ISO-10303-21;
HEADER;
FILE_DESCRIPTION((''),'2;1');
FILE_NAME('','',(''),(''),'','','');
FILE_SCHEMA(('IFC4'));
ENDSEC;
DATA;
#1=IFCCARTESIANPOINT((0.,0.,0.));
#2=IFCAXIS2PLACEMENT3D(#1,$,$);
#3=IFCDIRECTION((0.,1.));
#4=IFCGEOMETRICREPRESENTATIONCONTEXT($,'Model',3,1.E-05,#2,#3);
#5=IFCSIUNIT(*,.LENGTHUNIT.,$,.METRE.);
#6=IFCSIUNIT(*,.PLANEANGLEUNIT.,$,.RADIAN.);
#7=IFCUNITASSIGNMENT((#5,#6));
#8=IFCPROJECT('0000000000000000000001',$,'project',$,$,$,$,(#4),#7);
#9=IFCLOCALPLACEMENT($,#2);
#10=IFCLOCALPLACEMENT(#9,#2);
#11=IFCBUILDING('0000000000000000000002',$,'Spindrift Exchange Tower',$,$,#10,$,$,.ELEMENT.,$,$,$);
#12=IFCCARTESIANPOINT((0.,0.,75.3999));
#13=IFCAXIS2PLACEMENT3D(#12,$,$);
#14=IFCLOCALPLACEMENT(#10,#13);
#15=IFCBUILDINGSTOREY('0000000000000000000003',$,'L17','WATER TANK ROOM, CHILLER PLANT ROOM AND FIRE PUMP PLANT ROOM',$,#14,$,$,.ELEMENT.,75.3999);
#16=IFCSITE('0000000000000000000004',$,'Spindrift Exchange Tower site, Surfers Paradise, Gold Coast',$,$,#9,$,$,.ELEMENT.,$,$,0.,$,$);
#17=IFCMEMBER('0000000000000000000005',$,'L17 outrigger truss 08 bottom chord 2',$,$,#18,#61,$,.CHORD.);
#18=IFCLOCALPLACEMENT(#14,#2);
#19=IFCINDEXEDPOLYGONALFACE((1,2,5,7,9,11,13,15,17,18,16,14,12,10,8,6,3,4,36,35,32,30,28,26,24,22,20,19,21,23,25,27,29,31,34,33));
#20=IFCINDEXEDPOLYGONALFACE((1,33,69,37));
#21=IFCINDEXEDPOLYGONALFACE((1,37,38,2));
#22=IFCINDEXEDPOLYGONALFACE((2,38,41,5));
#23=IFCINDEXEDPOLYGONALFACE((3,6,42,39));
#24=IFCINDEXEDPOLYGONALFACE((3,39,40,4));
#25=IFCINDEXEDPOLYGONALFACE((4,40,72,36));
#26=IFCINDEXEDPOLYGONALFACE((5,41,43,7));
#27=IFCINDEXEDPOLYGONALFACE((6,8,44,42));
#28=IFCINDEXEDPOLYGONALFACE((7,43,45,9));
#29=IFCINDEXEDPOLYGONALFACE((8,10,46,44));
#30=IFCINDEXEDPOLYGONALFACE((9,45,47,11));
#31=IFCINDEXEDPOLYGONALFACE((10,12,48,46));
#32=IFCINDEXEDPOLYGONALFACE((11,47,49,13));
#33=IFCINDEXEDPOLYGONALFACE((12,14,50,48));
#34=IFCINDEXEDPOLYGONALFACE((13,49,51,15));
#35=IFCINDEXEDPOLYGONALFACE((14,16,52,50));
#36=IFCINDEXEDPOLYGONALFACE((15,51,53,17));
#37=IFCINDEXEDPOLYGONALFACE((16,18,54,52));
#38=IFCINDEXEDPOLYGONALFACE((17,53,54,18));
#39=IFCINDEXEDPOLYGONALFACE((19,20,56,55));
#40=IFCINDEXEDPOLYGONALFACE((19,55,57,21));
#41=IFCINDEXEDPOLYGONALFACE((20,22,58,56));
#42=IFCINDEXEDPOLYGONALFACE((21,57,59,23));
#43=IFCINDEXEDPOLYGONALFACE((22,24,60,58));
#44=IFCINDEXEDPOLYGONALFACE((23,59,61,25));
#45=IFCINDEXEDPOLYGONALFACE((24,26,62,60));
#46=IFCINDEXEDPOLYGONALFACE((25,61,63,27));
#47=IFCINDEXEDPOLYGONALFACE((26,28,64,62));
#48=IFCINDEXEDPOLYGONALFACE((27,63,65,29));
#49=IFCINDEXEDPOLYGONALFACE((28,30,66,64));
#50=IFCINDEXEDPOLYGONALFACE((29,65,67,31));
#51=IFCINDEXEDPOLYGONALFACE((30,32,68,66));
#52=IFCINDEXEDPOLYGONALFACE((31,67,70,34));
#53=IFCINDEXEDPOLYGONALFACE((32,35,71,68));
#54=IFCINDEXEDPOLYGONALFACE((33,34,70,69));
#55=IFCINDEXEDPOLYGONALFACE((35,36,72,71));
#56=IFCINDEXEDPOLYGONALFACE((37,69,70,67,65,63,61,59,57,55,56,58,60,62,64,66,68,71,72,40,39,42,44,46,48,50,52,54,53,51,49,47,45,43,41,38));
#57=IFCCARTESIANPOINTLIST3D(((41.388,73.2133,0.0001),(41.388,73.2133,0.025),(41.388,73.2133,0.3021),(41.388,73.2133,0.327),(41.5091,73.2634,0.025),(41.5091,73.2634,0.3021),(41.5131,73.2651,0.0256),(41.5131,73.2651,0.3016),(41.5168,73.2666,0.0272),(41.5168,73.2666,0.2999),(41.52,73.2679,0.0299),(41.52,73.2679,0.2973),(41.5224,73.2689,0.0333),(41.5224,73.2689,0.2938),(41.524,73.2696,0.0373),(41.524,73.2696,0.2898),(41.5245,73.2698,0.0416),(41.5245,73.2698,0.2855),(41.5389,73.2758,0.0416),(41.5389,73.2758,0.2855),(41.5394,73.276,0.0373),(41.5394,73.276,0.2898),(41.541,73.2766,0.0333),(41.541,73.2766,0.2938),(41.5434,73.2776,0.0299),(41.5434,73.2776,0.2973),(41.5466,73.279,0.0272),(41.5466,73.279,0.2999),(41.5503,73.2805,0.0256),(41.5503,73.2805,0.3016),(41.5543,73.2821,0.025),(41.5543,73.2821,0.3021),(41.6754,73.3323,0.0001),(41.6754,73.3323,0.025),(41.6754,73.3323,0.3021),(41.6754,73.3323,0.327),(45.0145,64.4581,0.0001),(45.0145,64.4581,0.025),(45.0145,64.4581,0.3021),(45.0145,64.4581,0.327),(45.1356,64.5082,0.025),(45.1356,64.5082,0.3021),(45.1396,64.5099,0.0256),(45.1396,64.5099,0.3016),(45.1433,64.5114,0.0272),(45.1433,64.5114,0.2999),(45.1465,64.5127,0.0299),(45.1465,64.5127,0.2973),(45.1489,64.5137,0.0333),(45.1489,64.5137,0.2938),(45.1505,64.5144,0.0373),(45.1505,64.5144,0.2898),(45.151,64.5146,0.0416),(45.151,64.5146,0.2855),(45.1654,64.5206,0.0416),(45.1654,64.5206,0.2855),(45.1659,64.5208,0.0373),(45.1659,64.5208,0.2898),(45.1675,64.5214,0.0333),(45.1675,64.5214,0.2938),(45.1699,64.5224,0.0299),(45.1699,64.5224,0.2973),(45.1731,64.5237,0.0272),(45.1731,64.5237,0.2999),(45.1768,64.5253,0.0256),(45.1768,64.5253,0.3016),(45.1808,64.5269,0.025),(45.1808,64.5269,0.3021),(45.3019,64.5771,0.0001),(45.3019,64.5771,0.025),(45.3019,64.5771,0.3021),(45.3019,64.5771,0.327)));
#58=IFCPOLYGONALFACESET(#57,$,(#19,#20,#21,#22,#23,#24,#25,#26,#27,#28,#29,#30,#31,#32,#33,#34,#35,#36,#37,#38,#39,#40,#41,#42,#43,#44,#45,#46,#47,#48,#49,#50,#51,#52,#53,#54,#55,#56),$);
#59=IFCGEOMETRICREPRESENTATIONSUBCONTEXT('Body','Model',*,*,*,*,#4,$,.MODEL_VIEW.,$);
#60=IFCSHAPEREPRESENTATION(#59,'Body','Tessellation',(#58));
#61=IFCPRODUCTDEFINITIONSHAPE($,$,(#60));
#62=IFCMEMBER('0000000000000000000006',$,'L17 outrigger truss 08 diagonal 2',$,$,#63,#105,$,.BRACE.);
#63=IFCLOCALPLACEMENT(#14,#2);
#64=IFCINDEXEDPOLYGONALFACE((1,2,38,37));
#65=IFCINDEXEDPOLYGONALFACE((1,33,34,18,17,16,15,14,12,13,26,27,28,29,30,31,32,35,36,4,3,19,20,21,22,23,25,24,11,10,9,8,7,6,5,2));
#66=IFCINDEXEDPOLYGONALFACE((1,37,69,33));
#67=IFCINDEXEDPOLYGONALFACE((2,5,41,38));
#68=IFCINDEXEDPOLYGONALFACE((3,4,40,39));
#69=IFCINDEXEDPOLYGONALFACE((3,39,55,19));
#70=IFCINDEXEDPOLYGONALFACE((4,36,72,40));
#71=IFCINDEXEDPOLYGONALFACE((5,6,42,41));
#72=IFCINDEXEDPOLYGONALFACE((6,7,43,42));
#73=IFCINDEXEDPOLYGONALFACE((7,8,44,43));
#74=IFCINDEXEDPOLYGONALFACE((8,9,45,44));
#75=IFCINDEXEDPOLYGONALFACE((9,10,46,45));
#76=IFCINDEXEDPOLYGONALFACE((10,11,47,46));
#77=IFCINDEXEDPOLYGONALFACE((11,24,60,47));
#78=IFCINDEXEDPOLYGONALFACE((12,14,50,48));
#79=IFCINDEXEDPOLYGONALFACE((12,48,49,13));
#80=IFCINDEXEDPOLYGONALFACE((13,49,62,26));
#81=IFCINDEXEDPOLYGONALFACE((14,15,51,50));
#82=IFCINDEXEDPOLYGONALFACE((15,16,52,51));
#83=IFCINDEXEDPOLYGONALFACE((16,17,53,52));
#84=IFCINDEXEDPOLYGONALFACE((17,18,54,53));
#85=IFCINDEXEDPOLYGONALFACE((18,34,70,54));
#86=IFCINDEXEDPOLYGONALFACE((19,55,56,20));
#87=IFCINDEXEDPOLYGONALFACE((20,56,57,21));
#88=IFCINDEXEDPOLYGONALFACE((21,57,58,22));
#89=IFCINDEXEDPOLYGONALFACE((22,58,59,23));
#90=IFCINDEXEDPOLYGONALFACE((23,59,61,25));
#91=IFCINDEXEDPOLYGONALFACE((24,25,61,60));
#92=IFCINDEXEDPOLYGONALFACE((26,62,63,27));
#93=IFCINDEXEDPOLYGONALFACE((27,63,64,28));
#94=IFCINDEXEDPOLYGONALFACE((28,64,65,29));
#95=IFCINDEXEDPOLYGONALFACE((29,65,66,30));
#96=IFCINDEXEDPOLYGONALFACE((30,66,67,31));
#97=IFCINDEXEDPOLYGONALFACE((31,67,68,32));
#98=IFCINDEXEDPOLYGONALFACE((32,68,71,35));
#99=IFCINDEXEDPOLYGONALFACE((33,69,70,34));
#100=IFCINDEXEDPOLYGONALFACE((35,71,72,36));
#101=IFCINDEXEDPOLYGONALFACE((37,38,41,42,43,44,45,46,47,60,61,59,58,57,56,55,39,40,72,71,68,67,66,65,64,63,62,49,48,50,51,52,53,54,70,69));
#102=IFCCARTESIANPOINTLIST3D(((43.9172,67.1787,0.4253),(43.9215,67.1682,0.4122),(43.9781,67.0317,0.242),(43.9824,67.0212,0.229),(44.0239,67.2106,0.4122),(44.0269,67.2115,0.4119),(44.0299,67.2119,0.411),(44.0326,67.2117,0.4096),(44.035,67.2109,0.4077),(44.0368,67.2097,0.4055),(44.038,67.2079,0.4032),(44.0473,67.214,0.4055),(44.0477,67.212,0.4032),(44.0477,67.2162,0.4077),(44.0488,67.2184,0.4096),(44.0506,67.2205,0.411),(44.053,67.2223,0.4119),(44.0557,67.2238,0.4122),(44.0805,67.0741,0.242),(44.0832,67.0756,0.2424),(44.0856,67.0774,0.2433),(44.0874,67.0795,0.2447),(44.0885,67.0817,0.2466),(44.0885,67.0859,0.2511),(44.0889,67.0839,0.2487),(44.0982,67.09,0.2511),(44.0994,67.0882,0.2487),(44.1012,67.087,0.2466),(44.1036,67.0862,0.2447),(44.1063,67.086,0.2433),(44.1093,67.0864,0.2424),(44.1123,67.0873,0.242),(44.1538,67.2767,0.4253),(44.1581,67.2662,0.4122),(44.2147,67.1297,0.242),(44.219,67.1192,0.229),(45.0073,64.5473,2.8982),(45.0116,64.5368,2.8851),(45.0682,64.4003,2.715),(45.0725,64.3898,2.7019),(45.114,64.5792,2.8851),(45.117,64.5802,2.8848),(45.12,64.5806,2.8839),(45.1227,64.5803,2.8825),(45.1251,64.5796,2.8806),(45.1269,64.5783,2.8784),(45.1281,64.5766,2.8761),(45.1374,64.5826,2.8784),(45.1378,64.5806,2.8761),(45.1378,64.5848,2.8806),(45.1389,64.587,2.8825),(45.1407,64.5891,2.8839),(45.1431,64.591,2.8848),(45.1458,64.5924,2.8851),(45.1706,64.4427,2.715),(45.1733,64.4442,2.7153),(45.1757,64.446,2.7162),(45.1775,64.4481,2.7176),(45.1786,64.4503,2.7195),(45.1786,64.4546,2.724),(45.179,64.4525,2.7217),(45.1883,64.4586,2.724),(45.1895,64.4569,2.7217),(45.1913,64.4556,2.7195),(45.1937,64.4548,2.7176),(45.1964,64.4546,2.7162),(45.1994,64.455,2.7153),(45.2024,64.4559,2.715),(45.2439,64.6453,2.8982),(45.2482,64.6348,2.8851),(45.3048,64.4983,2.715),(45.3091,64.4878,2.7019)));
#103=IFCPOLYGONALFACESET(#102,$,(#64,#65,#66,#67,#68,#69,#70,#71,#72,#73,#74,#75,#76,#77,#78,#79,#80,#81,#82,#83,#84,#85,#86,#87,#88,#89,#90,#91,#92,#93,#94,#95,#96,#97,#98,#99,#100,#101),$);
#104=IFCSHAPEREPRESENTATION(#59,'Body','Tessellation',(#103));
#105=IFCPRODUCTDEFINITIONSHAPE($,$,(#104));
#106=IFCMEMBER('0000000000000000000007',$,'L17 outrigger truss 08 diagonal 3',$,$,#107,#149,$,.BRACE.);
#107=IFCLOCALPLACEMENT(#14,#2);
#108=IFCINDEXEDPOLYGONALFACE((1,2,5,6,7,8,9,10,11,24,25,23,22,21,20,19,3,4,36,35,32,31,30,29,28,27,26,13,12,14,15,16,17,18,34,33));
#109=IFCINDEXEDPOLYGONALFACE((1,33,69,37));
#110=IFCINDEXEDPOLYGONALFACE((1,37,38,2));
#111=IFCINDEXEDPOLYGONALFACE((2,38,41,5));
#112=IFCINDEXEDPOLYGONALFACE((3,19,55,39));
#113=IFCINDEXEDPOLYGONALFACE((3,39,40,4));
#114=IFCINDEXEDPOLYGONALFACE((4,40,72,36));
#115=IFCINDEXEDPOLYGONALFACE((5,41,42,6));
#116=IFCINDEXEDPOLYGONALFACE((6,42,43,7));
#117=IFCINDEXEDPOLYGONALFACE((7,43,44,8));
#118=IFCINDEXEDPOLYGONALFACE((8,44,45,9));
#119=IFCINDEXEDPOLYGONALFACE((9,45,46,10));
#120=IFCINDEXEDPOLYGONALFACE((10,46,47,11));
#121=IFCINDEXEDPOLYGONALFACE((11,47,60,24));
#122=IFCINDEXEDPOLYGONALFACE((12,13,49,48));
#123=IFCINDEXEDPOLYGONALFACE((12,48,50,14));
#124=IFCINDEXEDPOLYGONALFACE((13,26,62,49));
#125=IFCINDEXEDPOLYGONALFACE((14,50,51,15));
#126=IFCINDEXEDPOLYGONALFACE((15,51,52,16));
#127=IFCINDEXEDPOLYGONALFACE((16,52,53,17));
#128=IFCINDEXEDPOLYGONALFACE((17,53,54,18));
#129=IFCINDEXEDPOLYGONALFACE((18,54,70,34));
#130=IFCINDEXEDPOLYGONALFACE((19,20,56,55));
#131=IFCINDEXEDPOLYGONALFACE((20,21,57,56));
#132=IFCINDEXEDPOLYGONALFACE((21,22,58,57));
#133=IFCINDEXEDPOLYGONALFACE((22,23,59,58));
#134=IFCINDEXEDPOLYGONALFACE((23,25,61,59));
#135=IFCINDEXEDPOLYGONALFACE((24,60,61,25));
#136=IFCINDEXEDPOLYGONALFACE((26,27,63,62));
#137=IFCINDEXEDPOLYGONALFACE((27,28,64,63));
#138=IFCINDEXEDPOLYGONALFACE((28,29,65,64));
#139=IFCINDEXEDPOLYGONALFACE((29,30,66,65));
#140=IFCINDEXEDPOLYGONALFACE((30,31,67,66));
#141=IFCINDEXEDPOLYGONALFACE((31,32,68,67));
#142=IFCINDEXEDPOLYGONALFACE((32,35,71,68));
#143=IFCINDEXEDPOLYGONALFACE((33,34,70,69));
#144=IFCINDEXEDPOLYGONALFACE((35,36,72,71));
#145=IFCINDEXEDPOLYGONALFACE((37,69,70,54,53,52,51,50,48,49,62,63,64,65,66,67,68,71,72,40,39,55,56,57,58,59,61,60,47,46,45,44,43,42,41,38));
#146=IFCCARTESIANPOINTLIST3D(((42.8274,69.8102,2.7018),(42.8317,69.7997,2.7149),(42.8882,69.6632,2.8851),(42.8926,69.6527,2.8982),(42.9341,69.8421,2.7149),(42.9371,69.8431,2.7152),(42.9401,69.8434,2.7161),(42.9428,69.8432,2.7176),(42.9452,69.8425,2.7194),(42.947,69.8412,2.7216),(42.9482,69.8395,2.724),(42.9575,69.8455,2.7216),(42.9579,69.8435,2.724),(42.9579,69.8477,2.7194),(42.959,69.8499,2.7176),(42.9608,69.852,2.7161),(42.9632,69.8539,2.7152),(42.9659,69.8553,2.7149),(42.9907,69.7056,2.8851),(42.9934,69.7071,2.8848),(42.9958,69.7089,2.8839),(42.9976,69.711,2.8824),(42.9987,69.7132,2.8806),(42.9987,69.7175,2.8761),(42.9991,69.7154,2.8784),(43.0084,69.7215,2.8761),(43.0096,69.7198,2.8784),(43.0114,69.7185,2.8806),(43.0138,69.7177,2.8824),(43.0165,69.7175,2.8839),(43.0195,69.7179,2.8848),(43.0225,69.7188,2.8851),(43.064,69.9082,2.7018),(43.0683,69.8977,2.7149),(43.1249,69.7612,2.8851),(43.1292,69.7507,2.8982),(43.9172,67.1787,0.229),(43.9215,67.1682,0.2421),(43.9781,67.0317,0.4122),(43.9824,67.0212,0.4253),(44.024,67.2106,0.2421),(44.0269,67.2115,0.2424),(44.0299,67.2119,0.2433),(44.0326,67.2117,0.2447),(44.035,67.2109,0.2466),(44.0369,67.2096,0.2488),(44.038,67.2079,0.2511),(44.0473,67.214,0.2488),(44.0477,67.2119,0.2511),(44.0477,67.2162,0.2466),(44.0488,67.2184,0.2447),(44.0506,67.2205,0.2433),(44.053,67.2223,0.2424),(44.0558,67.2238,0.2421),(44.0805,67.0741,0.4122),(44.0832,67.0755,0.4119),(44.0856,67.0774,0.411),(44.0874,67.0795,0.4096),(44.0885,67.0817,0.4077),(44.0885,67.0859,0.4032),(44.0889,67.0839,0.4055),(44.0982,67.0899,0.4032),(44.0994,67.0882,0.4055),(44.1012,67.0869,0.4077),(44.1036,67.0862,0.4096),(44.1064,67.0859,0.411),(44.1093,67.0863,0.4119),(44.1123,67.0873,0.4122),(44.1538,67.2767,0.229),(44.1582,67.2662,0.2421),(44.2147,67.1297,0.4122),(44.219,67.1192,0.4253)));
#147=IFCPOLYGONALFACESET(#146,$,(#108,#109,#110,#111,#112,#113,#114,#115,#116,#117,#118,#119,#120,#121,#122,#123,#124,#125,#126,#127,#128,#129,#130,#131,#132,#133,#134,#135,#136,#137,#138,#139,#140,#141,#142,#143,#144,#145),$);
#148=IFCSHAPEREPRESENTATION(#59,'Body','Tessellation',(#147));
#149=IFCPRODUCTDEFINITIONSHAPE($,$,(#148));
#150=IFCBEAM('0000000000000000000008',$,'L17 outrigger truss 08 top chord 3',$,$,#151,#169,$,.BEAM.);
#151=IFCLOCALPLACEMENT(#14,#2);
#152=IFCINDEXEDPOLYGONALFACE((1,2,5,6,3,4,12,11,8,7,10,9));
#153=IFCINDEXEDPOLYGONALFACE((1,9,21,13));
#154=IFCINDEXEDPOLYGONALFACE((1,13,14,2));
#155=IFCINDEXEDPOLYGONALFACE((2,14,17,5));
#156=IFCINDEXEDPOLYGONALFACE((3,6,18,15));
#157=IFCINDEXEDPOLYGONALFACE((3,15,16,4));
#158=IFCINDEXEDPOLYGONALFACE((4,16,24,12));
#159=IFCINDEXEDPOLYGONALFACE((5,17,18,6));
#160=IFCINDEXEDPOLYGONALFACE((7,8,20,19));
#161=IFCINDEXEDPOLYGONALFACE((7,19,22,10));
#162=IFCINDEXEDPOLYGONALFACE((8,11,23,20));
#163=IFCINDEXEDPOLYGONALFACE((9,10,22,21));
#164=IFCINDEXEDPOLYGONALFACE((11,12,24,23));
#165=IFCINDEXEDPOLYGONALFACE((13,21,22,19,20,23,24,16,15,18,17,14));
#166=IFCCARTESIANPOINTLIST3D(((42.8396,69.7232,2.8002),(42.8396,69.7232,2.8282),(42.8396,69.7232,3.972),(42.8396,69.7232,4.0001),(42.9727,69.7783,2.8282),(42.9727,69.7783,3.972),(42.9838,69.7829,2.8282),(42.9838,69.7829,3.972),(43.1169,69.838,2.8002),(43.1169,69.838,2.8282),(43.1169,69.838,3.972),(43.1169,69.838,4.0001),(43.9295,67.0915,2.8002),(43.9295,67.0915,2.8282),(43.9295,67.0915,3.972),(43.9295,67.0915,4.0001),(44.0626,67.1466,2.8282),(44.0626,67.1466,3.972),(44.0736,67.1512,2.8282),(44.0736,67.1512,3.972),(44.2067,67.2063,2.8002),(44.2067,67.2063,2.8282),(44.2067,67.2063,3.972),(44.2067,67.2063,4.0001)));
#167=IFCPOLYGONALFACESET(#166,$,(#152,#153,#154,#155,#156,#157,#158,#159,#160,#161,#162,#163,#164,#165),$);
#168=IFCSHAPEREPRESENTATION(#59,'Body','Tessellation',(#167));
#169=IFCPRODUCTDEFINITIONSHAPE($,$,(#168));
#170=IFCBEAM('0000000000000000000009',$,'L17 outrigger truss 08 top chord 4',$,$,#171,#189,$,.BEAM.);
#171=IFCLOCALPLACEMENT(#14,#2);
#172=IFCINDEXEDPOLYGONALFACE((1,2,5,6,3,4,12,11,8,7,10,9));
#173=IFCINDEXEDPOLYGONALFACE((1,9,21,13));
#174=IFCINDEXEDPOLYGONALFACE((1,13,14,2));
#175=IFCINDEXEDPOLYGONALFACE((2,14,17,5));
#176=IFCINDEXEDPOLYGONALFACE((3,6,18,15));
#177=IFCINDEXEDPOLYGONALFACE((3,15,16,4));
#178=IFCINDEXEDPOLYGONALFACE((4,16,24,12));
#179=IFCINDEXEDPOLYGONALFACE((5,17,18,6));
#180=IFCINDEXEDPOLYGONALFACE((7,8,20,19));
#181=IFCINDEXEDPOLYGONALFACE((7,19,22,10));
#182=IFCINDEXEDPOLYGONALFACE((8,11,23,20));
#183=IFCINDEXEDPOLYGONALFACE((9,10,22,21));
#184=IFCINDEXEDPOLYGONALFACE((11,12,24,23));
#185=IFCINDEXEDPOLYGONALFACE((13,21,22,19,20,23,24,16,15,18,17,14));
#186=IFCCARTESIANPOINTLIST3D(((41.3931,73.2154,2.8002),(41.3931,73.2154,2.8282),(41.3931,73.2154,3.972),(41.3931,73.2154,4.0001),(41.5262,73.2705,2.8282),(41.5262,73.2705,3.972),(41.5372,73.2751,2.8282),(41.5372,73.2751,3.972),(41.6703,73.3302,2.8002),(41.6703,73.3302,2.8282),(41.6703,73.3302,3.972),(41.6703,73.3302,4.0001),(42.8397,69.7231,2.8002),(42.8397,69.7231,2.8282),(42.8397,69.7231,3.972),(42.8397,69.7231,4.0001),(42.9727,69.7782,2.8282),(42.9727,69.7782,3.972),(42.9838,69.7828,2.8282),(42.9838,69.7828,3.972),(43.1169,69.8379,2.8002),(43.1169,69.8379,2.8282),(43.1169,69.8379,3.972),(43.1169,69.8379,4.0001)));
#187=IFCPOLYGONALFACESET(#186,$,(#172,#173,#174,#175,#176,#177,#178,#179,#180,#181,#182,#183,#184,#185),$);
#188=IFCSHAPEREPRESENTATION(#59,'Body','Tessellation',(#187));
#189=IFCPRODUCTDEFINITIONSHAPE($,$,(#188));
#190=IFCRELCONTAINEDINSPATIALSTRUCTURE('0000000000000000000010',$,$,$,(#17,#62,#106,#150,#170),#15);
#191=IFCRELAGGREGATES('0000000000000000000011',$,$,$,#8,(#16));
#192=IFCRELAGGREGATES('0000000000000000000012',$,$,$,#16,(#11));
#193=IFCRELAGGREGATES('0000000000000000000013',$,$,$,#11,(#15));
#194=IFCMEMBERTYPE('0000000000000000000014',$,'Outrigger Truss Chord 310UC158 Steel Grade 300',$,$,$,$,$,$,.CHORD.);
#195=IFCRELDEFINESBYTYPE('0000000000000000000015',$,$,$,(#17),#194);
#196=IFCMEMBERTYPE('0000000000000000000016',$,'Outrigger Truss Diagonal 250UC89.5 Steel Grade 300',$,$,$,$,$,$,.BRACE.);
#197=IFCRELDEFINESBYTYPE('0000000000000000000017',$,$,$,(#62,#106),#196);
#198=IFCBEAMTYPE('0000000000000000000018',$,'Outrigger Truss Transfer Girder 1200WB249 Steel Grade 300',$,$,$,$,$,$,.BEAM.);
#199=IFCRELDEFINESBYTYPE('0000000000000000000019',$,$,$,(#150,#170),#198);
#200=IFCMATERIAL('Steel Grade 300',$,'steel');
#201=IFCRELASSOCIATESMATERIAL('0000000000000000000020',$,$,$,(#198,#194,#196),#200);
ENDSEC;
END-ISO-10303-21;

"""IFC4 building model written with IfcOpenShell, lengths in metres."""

from ifc_helpers import new_model, si_unit, direction, frame, origin, origin_2d, place, context, subcontext, project, spatial, i_section, extrude, source, transform, mapped, material, material_profile, profile_set, type_object, element, save


model = new_model("IFC4")

# Units and contexts
model_context = context("Model", 3, precision=1e-05, world=origin(), true_north=direction((0.0, 1.0)))
body_context = subcontext(model_context, "Body", "Model", "MODEL_VIEW")
ifc_project = project(units=[si_unit("LENGTHUNIT", "METRE"), si_unit("PLANEANGLEUNIT", "RADIAN")], contexts=[model_context])

# Site, building, storey
site_placement = place(None, origin())
site = spatial("IfcSite", under=ifc_project, at=site_placement, Name="Spindrift Exchange Tower site, Surfers Paradise, Gold Coast", CompositionType="ELEMENT", RefElevation=0.0)
building_placement = place(site_placement, origin())
building = spatial("IfcBuilding", under=site, at=building_placement, Name="Spindrift Exchange Tower", CompositionType="ELEMENT")
storey_placement = place(building_placement, frame((0.0, 0.0, 75.3999)))
storey = spatial("IfcBuildingStorey", under=building, at=storey_placement, Name="L17", Description="WATER TANK ROOM, CHILLER PLANT ROOM AND FIRE PUMP PLANT ROOM", CompositionType="ELEMENT", Elevation=75.3999)

# Shared definitions
ifc_material_1 = material(Name="Steel Grade 300", Category="steel")

# Shared definitions
ifc_material_profile_1 = material_profile(ifc_material_1, i_section(OverallWidth=0.3, OverallDepth=1.2, WebThickness=0.012, FlangeThickness=0.0281, at=origin_2d()), Name="1200WB249")
ifc_profile_set_1 = profile_set([ifc_material_profile_1], Name="Steel Grade 300")
beam_type = type_object("IfcBeamType", Name="Outrigger Truss Transfer Girder 1200WB249 Steel Grade 300", PredefinedType="BEAM", material=ifc_profile_set_1)

# Shared definitions
ifc_material_profile_2 = material_profile(ifc_material_1, i_section(OverallWidth=0.311, OverallDepth=0.3269, WebThickness=0.0156, FlangeThickness=0.0249, FilletRadius=0.0166, at=origin_2d()), Name="310UC158")
ifc_profile_set_2 = profile_set([ifc_material_profile_2], Name="Steel Grade 300")
member_type_1 = type_object("IfcMemberType", Name="Outrigger Truss Chord 310UC158 Steel Grade 300", PredefinedType="CHORD", material=ifc_profile_set_2)
ifc_material_profile_3 = material_profile(ifc_material_1, i_section(OverallWidth=0.2561, OverallDepth=0.26, WebThickness=0.0105, FlangeThickness=0.0173, FilletRadius=0.012, at=origin_2d()), Name="250UC89.5")
ifc_profile_set_3 = profile_set([ifc_material_profile_3], Name="Steel Grade 300")
member_type_2 = type_object("IfcMemberType", Name="Outrigger Truss Diagonal 250UC89.5 Steel Grade 300", PredefinedType="BRACE", material=ifc_profile_set_3)

# Members
shared_shape_1 = source(origin(), body_context, "Body", "SweptSolid", [
    extrude(i_section(OverallWidth=0.311, OverallDepth=0.3269, WebThickness=0.0156, FlangeThickness=0.0249, FilletRadius=0.0166, at=origin_2d()), origin(), (0.0, 0.0, 1.0), 9.4766),
])
member_1_placement = place(storey_placement, frame((45.1582, 64.5176, 0.1636), z_axis=(-0.382681, 0.923881, 0.0), x_axis=(-0.923881, -0.382681, 0.0)))
element("IfcMember", 1, at=member_1_placement, inside=storey, type_object=member_type_1, Name="L17 outrigger truss 08 bottom chord 2", PredefinedType="CHORD", context=body_context, shape_type="MappedRepresentation", body=[
    mapped(shared_shape_1, transform((0.0, 0.0, 0.0), scale=1.0)),
])
shared_shape_2 = source(origin(), body_context, "Body", "SweptSolid", [
    extrude(i_section(OverallWidth=0.2561, OverallDepth=0.26, WebThickness=0.0105, FlangeThickness=0.0173, FilletRadius=0.012, at=origin_2d()), origin(), (0.0, 0.0, 1.0), 3.772),
])
for number, where, z_axis, x_axis, name in (
    (2, (45.1582, 64.5176, 2.8), (-0.288999, 0.697612, -0.655605), (-0.923861, -0.382728, 0.0), "L17 outrigger truss 08 diagonal 2"),
    (3, (44.0681, 67.1489, 0.3271), (-0.288927, 0.697658, 0.655587), (-0.923904, -0.382624, 0.0), "L17 outrigger truss 08 diagonal 3"),
):
    element("IfcMember", number, at=place(storey_placement, frame(where, z_axis=z_axis, x_axis=x_axis)), inside=storey, type_object=member_type_2, Name=name, PredefinedType="BRACE", context=body_context, shape_type="MappedRepresentation", body=[
        mapped(shared_shape_2, transform((0.0, 0.0, 0.0), scale=1.0)),
    ])

# Beams
shared_shape_3 = source(origin(), body_context, "Body", "SweptSolid", [
    extrude(i_section(OverallWidth=0.3, OverallDepth=1.2, WebThickness=0.012, FlangeThickness=0.0281, at=origin_2d()), origin(), (0.0, 0.0, 1.0), 2.8484),
])
beam_1_placement = place(storey_placement, frame((44.0681, 67.1489, 3.4001), z_axis=(-0.382624, 0.923904, 0.0), x_axis=(-0.923904, -0.382624, 0.0)))
element("IfcBeam", 4, at=beam_1_placement, inside=storey, type_object=beam_type, Name="L17 outrigger truss 08 top chord 3", PredefinedType="BEAM", context=body_context, shape_type="MappedRepresentation", body=[
    mapped(shared_shape_3, transform((0.0, 0.0, 0.0), scale=1.0)),
])
shared_shape_4 = source(origin(), body_context, "Body", "SweptSolid", [
    extrude(i_section(OverallWidth=0.3, OverallDepth=1.2, WebThickness=0.012, FlangeThickness=0.0281, at=origin_2d()), origin(), (0.0, 0.0, 1.0), 3.78),
])
beam_2_placement = place(storey_placement, frame((42.9783, 69.7805, 3.4001), z_axis=(-0.382688, 0.923877, 0.0), x_axis=(-0.923877, -0.382688, 0.0)))
element("IfcBeam", 5, at=beam_2_placement, inside=storey, type_object=beam_type, Name="L17 outrigger truss 08 top chord 4", PredefinedType="BEAM", context=body_context, shape_type="MappedRepresentation", body=[
    mapped(shared_shape_4, transform((0.0, 0.0, 0.0), scale=1.0)),
])

save(model, "model.ifc")
